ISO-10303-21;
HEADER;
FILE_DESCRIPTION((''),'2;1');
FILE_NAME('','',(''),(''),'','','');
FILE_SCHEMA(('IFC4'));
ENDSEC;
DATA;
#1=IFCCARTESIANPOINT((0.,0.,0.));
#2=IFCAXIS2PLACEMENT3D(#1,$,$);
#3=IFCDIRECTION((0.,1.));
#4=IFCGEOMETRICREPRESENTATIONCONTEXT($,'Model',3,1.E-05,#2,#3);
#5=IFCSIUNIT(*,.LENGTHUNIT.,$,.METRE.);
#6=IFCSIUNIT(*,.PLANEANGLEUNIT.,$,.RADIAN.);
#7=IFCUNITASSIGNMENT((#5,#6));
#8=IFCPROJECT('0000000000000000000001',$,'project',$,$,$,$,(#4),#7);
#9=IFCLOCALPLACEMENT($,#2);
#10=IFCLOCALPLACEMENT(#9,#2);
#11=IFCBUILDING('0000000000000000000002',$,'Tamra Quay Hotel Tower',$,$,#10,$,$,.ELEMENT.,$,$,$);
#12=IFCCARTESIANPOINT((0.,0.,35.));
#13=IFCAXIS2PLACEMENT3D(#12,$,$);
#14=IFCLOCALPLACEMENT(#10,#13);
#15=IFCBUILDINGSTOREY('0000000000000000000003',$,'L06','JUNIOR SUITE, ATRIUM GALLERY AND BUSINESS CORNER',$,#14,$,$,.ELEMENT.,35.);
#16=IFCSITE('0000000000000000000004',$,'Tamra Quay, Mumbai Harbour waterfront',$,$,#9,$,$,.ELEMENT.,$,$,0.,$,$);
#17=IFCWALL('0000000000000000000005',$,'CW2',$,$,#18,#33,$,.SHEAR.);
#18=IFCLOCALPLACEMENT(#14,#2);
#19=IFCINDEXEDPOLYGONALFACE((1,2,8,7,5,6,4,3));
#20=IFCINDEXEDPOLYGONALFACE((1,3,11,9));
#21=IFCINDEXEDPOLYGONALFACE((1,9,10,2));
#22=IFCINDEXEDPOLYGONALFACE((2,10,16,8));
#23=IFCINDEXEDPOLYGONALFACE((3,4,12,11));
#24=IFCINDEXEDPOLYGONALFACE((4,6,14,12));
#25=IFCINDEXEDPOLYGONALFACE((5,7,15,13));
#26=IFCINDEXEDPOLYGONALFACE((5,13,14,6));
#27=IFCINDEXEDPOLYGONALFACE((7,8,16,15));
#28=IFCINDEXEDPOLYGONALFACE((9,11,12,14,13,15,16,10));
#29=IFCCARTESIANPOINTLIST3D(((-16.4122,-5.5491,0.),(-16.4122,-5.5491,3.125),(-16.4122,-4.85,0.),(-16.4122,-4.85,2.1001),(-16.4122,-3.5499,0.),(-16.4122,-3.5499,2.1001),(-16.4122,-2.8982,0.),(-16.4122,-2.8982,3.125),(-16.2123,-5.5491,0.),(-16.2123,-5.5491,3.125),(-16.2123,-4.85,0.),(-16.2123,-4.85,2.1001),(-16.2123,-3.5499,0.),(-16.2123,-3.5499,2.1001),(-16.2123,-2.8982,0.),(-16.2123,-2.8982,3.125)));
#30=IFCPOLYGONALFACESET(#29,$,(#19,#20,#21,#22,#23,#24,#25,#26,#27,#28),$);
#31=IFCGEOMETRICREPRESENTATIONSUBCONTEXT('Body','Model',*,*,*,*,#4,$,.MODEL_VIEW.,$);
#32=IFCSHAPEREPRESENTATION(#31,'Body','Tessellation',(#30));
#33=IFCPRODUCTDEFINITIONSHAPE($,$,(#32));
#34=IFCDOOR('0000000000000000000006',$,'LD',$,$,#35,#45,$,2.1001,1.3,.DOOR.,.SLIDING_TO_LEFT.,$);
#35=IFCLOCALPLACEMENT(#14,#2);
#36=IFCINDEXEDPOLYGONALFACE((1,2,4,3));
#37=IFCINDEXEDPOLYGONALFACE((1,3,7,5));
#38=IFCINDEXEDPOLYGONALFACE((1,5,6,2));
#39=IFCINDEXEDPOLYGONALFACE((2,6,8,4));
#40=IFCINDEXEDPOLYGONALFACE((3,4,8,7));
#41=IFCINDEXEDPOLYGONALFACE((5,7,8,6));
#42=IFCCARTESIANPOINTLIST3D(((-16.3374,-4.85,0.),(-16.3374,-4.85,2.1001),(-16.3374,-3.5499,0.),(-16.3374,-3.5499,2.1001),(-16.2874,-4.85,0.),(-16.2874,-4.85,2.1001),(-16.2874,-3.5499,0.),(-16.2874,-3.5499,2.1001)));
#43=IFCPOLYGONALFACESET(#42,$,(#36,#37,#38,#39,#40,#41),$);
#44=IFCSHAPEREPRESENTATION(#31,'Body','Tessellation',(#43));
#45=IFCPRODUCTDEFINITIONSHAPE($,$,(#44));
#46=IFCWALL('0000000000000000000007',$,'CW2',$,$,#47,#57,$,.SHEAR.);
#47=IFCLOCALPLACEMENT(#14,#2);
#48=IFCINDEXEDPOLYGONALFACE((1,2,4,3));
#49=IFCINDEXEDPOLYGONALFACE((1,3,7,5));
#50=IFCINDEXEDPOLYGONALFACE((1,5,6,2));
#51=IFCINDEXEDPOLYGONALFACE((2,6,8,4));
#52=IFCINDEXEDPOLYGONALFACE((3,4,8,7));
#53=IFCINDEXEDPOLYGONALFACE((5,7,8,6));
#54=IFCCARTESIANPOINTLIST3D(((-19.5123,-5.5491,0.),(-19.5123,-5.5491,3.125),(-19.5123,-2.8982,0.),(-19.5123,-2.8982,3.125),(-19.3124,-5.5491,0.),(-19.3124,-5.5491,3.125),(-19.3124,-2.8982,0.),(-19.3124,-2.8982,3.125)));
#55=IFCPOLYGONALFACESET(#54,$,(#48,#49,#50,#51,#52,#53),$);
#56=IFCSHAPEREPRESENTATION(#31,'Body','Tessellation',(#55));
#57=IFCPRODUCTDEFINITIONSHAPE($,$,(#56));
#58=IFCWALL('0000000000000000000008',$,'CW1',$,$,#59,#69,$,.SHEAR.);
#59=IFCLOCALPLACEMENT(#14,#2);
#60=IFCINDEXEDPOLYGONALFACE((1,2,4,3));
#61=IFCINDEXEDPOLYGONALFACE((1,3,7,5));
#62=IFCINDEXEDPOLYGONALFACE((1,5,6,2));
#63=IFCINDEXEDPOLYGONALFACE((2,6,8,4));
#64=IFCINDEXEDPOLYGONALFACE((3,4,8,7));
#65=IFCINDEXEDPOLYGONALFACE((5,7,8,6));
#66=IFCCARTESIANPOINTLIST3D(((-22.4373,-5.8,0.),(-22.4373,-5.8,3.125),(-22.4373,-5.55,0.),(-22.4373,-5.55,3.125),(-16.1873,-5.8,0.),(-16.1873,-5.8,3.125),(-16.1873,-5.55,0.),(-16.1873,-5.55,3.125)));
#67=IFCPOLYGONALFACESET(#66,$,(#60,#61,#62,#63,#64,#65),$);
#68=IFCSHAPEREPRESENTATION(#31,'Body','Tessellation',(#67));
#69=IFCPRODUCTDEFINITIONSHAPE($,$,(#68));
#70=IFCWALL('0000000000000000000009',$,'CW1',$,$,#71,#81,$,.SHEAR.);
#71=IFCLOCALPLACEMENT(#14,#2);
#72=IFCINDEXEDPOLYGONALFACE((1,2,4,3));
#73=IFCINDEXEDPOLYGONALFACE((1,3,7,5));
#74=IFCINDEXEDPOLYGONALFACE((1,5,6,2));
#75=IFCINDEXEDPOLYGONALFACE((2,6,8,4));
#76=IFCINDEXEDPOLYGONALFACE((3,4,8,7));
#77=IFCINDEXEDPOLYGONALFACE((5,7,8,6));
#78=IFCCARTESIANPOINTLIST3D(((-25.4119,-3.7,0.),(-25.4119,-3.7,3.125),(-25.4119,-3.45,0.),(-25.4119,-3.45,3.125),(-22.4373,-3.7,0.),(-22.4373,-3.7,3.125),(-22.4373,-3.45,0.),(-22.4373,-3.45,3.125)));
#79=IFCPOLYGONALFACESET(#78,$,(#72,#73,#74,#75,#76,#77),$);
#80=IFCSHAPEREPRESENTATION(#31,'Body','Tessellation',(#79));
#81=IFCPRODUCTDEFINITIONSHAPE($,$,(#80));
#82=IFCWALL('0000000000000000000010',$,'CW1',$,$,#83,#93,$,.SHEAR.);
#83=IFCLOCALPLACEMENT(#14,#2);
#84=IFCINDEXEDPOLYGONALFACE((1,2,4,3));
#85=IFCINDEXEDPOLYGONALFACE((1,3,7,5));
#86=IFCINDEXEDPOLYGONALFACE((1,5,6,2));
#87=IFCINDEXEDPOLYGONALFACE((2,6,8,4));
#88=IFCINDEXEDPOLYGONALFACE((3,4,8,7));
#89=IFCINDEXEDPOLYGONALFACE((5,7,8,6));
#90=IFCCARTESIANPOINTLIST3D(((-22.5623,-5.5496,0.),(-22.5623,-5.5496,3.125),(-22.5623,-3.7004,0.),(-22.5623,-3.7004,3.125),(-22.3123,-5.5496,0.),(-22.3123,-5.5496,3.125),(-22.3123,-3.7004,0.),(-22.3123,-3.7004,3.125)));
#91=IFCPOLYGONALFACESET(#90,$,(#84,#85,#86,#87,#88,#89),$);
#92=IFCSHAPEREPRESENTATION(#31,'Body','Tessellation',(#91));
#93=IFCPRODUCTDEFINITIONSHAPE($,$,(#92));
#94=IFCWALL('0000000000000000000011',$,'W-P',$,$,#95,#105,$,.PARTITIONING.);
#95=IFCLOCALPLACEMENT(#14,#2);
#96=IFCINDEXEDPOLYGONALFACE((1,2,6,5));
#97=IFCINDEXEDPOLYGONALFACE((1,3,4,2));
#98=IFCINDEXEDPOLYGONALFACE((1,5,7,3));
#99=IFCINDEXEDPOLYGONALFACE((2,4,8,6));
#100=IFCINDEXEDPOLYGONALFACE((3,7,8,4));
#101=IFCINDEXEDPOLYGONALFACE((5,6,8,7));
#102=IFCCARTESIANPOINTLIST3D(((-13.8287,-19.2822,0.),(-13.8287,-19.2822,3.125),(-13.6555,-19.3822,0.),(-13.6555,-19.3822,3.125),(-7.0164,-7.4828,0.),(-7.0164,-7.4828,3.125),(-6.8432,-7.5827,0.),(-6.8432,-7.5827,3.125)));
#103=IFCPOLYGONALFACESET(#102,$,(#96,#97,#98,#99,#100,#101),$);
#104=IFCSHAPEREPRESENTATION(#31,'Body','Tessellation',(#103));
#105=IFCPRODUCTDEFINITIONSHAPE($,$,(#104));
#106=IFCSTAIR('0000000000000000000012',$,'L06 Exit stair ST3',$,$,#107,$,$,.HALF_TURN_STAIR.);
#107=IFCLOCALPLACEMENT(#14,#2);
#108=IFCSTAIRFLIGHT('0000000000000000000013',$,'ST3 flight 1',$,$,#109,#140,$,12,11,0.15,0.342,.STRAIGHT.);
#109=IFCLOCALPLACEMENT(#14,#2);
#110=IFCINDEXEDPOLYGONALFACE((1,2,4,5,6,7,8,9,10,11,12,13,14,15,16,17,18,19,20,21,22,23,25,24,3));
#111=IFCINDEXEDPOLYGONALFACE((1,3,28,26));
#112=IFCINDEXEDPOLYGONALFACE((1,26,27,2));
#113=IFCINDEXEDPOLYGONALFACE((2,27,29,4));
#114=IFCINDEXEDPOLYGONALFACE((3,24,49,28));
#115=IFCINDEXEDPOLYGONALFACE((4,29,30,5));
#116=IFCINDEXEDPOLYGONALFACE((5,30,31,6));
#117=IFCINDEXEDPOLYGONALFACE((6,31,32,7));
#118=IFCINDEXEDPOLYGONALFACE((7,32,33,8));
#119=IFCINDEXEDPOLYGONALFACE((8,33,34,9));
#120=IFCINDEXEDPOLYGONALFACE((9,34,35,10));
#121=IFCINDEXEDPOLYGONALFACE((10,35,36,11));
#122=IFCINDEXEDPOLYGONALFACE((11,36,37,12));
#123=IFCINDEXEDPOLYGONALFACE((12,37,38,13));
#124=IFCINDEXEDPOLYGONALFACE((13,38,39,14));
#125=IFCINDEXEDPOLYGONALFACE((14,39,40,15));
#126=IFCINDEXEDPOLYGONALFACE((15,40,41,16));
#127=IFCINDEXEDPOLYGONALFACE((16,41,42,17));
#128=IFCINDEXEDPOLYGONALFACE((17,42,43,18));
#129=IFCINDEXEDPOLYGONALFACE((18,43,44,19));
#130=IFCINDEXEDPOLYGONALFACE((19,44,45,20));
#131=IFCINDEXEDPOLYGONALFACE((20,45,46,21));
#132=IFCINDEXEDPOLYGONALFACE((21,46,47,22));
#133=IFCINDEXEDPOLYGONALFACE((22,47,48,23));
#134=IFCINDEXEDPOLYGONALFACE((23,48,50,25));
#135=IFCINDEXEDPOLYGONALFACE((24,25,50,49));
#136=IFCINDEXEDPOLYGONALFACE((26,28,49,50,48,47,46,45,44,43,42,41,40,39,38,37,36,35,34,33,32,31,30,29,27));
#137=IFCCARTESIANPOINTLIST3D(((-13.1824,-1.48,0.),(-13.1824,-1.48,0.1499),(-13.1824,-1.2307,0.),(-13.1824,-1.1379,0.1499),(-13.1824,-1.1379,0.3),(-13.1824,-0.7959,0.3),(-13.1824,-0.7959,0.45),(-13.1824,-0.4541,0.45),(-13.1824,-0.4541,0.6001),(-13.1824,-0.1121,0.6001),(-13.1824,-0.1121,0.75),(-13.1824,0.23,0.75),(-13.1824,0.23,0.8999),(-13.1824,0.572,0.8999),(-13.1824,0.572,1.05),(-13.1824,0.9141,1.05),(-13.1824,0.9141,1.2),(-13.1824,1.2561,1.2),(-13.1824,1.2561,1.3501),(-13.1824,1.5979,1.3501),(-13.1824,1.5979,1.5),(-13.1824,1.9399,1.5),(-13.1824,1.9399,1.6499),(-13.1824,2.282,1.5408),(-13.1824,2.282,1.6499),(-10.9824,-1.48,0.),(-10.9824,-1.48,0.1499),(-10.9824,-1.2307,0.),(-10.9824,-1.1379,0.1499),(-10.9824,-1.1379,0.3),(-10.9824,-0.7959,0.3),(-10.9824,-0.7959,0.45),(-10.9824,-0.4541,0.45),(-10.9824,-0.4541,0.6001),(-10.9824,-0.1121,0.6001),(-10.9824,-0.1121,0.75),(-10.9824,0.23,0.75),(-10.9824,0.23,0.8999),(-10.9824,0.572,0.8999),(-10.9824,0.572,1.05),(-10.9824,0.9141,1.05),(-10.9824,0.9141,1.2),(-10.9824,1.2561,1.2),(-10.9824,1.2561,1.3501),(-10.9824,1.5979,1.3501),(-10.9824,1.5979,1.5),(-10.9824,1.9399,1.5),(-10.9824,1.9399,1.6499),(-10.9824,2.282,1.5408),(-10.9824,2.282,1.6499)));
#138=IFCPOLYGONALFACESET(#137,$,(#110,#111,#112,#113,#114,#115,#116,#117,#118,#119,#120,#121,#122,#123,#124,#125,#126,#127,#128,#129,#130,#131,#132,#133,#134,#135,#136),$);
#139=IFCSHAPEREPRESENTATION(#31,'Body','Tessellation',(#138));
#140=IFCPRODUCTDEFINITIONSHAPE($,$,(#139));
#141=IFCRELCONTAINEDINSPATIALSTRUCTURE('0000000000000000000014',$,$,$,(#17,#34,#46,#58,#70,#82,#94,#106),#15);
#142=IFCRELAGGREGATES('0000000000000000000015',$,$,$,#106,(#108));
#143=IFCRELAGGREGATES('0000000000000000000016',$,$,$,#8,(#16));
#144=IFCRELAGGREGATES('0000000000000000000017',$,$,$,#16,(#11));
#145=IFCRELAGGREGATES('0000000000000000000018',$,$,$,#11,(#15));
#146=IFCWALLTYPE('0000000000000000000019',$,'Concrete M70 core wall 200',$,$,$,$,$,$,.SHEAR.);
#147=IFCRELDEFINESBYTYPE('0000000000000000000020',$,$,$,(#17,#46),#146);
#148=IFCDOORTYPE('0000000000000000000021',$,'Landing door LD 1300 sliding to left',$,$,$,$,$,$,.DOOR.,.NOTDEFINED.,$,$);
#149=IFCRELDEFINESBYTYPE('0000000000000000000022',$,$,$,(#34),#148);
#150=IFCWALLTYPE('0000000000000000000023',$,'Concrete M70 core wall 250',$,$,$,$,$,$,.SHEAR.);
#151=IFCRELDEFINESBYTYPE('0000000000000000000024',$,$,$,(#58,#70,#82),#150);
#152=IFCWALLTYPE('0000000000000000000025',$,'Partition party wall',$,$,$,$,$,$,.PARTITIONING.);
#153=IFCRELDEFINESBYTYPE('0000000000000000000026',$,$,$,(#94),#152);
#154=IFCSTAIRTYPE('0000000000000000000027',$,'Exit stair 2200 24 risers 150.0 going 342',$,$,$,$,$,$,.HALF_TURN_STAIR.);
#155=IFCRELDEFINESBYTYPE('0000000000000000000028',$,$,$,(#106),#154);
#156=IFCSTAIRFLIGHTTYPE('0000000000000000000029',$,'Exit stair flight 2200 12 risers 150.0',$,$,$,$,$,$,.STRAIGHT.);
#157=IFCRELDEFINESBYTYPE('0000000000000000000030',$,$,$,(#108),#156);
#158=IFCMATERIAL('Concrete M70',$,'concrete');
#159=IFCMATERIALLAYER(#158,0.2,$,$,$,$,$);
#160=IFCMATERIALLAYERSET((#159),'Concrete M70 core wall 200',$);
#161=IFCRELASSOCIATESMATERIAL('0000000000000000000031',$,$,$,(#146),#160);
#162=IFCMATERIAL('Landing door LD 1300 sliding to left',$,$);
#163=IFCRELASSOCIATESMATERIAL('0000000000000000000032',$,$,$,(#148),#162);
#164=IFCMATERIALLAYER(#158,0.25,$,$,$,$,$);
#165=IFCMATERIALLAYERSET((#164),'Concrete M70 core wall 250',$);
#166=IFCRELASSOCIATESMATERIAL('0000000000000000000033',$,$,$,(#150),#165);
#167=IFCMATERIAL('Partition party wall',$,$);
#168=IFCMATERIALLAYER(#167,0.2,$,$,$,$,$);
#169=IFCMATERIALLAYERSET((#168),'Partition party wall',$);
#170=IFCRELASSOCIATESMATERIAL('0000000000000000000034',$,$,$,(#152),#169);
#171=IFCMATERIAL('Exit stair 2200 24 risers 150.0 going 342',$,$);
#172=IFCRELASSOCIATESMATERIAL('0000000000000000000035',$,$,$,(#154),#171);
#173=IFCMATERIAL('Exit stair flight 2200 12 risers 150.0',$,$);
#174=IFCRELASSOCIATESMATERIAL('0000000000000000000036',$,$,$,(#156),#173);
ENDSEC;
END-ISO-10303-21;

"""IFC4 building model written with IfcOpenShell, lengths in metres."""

from ifc_helpers import new_model, si_unit, direction, frame, frame_2d, origin, place, context, subcontext, project, spatial, polyline, rectangle, outline, extrude, material, layer, layer_set, type_object, element, fill, aggregate, save


model = new_model("IFC4")

# Units and contexts
model_context = context("Model", 3, precision=1e-05, world=origin(), true_north=direction((0.0, 1.0)))
body_context = subcontext(model_context, "Body", "Model", "MODEL_VIEW")
ifc_project = project(units=[si_unit("LENGTHUNIT", "METRE"), si_unit("PLANEANGLEUNIT", "RADIAN")], contexts=[model_context])

# Site, building, storey
site_placement = place(None, origin())
site = spatial("IfcSite", under=ifc_project, at=site_placement, Name="Tamra Quay, Mumbai Harbour waterfront", CompositionType="ELEMENT", RefElevation=0.0)
building_placement = place(site_placement, origin())
building = spatial("IfcBuilding", under=site, at=building_placement, Name="Tamra Quay Hotel Tower", CompositionType="ELEMENT")
storey_placement = place(building_placement, frame((0.0, 0.0, 35.0)))
storey = spatial("IfcBuildingStorey", under=building, at=storey_placement, Name="L06", Description="JUNIOR SUITE, ATRIUM GALLERY AND BUSINESS CORNER", CompositionType="ELEMENT", Elevation=35.0)

# Shared definitions
ifc_material_1 = material(Name="Concrete M70", Category="concrete")

# Shared definitions
ifc_layer_1 = layer(ifc_material_1, 0.2)
ifc_layer_set_1 = layer_set([ifc_layer_1], Name="Concrete M70 core wall 200")
wall_type_1 = type_object("IfcWallType", Name="Concrete M70 core wall 200", PredefinedType="SHEAR", material=ifc_layer_set_1)

# Wall, opening, door
wall_1_placement = place(storey_placement, frame((-16.3123, -2.8982, 0.0), z_axis=(0.0, 0.0, 1.0), x_axis=(0.0, -1.0, 0.0)))
wall_1 = element("IfcWall", 1, at=wall_1_placement, inside=storey, type_object=wall_type_1, Name="CW2", PredefinedType="SHEAR", context=body_context, shape_type="SweptSolid", body=[
    extrude(rectangle(XDim=2.6509, YDim=0.2, at=frame_2d((1.3254, 0.0))), origin(), (0.0, 0.0, 1.0), 3.125),
])
opening_placement = place(wall_1_placement, frame((0.6519, 0.0, 0.0)))
opening = element("IfcOpeningElement", 2, at=opening_placement, cuts=wall_1, PredefinedType="OPENING", context=body_context, shape_type="SweptSolid", body=[
    extrude(rectangle(XDim=1.3, YDim=2.1001, at=frame_2d((0.6499, 1.05))), frame((0.0, 0.1099, 0.0), z_axis=(0.0, -1.0, 0.0), x_axis=(1.0, 0.0, 0.0)), (0.0, 0.0, 1.0), 0.22),
])
ifc_material_2 = material(Name="Landing door LD 1300 sliding to left")
door_type = type_object("IfcDoorType", Name="Landing door LD 1300 sliding to left", OperationType="NOTDEFINED", PredefinedType="DOOR", material=ifc_material_2)
door_placement = place(opening_placement, origin())
door = element("IfcDoor", 3, at=door_placement, inside=storey, type_object=door_type, Name="LD", OperationType="SLIDING_TO_LEFT", OverallHeight=2.1001, OverallWidth=1.3, PredefinedType="DOOR", context=body_context, shape_type="SweptSolid", body=[
    extrude(rectangle(XDim=1.3, YDim=2.1001, at=frame_2d((0.6499, 1.05))), frame((0.0, 0.0249, 0.0), z_axis=(0.0, -1.0, 0.0), x_axis=(1.0, 0.0, 0.0)), (0.0, 0.0, 1.0), 0.05),
])
fill(opening, door)

# Walls
wall_2_placement = place(storey_placement, frame((-19.4124, -5.5491, 0.0), z_axis=(0.0, 0.0, 1.0), x_axis=(0.0, 1.0, 0.0)))
element("IfcWall", 4, at=wall_2_placement, inside=storey, type_object=wall_type_1, Name="CW2", PredefinedType="SHEAR", context=body_context, shape_type="SweptSolid", body=[
    extrude(rectangle(XDim=2.6509, YDim=0.2, at=frame_2d((1.3254, 0.0))), origin(), (0.0, 0.0, 1.0), 3.125),
])
ifc_layer_2 = layer(ifc_material_1, 0.25)
ifc_layer_set_2 = layer_set([ifc_layer_2], Name="Concrete M70 core wall 250")
wall_type_2 = type_object("IfcWallType", Name="Concrete M70 core wall 250", PredefinedType="SHEAR", material=ifc_layer_set_2)
wall_3_placement = place(storey_placement, frame((-16.1873, -5.675, 0.0), z_axis=(0.0, 0.0, 1.0), x_axis=(-1.0, 0.0, 0.0)))
element("IfcWall", 5, at=wall_3_placement, inside=storey, type_object=wall_type_2, Name="CW1", PredefinedType="SHEAR", context=body_context, shape_type="SweptSolid", body=[
    extrude(rectangle(XDim=6.25, YDim=0.25, at=frame_2d((3.125, 0.0))), origin(), (0.0, 0.0, 1.0), 3.125),
])
wall_4_placement = place(storey_placement, frame((-22.4373, -3.575, 0.0), z_axis=(0.0, 0.0, 1.0), x_axis=(-1.0, 0.0, 0.0)))
element("IfcWall", 6, at=wall_4_placement, inside=storey, type_object=wall_type_2, Name="CW1", PredefinedType="SHEAR", context=body_context, shape_type="SweptSolid", body=[
    extrude(rectangle(XDim=2.9746, YDim=0.25, at=frame_2d((1.4873, 0.0))), origin(), (0.0, 0.0, 1.0), 3.125),
])
wall_5_placement = place(storey_placement, frame((-22.4373, -5.5496, 0.0), z_axis=(0.0, 0.0, 1.0), x_axis=(0.0, 1.0, 0.0)))
element("IfcWall", 7, at=wall_5_placement, inside=storey, type_object=wall_type_2, Name="CW1", PredefinedType="SHEAR", context=body_context, shape_type="SweptSolid", body=[
    extrude(rectangle(XDim=1.8491, YDim=0.25, at=frame_2d((0.9246, 0.0))), origin(), (0.0, 0.0, 1.0), 3.125),
])
ifc_material_3 = material(Name="Partition party wall")
ifc_layer_3 = layer(ifc_material_3, 0.2)
ifc_layer_set_3 = layer_set([ifc_layer_3], Name="Partition party wall")
wall_type_3 = type_object("IfcWallType", Name="Partition party wall", PredefinedType="PARTITIONING", material=ifc_layer_set_3)
wall_6_placement = place(storey_placement, frame((-13.7422, -19.3323, 0.0), z_axis=(0.0, 0.0, 1.0), x_axis=(0.499995, 0.866028, 0.0)))
element("IfcWall", 8, at=wall_6_placement, inside=storey, type_object=wall_type_3, Name="W-P", PredefinedType="PARTITIONING", context=body_context, shape_type="SweptSolid", body=[
    extrude(rectangle(XDim=13.6248, YDim=0.2, at=frame_2d((6.8125, 0.0))), origin(), (0.0, 0.0, 1.0), 3.125),
])

# Stair, stair flight
ifc_material_4 = material(Name="Exit stair 2200 24 risers 150.0 going 342")
stair_type = type_object("IfcStairType", Name="Exit stair 2200 24 risers 150.0 going 342", PredefinedType="HALF_TURN_STAIR", material=ifc_material_4)
stair_placement = place(storey_placement, origin())
stair = element("IfcStair", 9, at=stair_placement, inside=storey, type_object=stair_type, Name="L06 Exit stair ST3", PredefinedType="HALF_TURN_STAIR")
ifc_material_5 = material(Name="Exit stair flight 2200 12 risers 150.0")
stair_flight_type = type_object("IfcStairFlightType", Name="Exit stair flight 2200 12 risers 150.0", PredefinedType="STRAIGHT", material=ifc_material_5)
stair_flight_placement = place(storey_placement, frame((-12.0823, -1.48, 0.0), z_axis=(0.0, 0.0, 1.0), x_axis=(0.0, 1.0, 0.0)))
stair_flight = element("IfcStairFlight", 10, at=stair_flight_placement, type_object=stair_flight_type, Name="ST3 flight 1", NumberOfRisers=12, NumberOfTreads=11, PredefinedType="STRAIGHT", RiserHeight=0.15, TreadLength=0.342, context=body_context, shape_type="SweptSolid", body=[
    extrude(outline(polyline([(0.0, 0.0), (0.0, 0.1499), (0.342, 0.1499), (0.342, 0.3), (0.6841, 0.3), (0.6841, 0.45), (1.0259, 0.45), (1.0259, 0.6001), (1.3679, 0.6001), (1.3679, 0.75), (1.71, 0.75), (1.71, 0.8999), (2.052, 0.8999), (2.052, 1.05), (2.394, 1.05), (2.394, 1.2), (2.7361, 1.2), (2.7361, 1.3501), (3.0779, 1.3501), (3.0779, 1.5), (3.4199, 1.5), (3.4199, 1.6499), (3.762, 1.6499), (3.762, 1.8), (3.762, 1.5408), (0.2493, 0.0), (0.0, 0.0)])), frame((0.0, 1.1001, 0.0), z_axis=(0.0, -1.0, 0.0), x_axis=(1.0, 0.0, 0.0)), (0.0, 0.0, 1.0), 2.2),
])
aggregate(stair, [stair_flight])

save(model, "model.ifc")
